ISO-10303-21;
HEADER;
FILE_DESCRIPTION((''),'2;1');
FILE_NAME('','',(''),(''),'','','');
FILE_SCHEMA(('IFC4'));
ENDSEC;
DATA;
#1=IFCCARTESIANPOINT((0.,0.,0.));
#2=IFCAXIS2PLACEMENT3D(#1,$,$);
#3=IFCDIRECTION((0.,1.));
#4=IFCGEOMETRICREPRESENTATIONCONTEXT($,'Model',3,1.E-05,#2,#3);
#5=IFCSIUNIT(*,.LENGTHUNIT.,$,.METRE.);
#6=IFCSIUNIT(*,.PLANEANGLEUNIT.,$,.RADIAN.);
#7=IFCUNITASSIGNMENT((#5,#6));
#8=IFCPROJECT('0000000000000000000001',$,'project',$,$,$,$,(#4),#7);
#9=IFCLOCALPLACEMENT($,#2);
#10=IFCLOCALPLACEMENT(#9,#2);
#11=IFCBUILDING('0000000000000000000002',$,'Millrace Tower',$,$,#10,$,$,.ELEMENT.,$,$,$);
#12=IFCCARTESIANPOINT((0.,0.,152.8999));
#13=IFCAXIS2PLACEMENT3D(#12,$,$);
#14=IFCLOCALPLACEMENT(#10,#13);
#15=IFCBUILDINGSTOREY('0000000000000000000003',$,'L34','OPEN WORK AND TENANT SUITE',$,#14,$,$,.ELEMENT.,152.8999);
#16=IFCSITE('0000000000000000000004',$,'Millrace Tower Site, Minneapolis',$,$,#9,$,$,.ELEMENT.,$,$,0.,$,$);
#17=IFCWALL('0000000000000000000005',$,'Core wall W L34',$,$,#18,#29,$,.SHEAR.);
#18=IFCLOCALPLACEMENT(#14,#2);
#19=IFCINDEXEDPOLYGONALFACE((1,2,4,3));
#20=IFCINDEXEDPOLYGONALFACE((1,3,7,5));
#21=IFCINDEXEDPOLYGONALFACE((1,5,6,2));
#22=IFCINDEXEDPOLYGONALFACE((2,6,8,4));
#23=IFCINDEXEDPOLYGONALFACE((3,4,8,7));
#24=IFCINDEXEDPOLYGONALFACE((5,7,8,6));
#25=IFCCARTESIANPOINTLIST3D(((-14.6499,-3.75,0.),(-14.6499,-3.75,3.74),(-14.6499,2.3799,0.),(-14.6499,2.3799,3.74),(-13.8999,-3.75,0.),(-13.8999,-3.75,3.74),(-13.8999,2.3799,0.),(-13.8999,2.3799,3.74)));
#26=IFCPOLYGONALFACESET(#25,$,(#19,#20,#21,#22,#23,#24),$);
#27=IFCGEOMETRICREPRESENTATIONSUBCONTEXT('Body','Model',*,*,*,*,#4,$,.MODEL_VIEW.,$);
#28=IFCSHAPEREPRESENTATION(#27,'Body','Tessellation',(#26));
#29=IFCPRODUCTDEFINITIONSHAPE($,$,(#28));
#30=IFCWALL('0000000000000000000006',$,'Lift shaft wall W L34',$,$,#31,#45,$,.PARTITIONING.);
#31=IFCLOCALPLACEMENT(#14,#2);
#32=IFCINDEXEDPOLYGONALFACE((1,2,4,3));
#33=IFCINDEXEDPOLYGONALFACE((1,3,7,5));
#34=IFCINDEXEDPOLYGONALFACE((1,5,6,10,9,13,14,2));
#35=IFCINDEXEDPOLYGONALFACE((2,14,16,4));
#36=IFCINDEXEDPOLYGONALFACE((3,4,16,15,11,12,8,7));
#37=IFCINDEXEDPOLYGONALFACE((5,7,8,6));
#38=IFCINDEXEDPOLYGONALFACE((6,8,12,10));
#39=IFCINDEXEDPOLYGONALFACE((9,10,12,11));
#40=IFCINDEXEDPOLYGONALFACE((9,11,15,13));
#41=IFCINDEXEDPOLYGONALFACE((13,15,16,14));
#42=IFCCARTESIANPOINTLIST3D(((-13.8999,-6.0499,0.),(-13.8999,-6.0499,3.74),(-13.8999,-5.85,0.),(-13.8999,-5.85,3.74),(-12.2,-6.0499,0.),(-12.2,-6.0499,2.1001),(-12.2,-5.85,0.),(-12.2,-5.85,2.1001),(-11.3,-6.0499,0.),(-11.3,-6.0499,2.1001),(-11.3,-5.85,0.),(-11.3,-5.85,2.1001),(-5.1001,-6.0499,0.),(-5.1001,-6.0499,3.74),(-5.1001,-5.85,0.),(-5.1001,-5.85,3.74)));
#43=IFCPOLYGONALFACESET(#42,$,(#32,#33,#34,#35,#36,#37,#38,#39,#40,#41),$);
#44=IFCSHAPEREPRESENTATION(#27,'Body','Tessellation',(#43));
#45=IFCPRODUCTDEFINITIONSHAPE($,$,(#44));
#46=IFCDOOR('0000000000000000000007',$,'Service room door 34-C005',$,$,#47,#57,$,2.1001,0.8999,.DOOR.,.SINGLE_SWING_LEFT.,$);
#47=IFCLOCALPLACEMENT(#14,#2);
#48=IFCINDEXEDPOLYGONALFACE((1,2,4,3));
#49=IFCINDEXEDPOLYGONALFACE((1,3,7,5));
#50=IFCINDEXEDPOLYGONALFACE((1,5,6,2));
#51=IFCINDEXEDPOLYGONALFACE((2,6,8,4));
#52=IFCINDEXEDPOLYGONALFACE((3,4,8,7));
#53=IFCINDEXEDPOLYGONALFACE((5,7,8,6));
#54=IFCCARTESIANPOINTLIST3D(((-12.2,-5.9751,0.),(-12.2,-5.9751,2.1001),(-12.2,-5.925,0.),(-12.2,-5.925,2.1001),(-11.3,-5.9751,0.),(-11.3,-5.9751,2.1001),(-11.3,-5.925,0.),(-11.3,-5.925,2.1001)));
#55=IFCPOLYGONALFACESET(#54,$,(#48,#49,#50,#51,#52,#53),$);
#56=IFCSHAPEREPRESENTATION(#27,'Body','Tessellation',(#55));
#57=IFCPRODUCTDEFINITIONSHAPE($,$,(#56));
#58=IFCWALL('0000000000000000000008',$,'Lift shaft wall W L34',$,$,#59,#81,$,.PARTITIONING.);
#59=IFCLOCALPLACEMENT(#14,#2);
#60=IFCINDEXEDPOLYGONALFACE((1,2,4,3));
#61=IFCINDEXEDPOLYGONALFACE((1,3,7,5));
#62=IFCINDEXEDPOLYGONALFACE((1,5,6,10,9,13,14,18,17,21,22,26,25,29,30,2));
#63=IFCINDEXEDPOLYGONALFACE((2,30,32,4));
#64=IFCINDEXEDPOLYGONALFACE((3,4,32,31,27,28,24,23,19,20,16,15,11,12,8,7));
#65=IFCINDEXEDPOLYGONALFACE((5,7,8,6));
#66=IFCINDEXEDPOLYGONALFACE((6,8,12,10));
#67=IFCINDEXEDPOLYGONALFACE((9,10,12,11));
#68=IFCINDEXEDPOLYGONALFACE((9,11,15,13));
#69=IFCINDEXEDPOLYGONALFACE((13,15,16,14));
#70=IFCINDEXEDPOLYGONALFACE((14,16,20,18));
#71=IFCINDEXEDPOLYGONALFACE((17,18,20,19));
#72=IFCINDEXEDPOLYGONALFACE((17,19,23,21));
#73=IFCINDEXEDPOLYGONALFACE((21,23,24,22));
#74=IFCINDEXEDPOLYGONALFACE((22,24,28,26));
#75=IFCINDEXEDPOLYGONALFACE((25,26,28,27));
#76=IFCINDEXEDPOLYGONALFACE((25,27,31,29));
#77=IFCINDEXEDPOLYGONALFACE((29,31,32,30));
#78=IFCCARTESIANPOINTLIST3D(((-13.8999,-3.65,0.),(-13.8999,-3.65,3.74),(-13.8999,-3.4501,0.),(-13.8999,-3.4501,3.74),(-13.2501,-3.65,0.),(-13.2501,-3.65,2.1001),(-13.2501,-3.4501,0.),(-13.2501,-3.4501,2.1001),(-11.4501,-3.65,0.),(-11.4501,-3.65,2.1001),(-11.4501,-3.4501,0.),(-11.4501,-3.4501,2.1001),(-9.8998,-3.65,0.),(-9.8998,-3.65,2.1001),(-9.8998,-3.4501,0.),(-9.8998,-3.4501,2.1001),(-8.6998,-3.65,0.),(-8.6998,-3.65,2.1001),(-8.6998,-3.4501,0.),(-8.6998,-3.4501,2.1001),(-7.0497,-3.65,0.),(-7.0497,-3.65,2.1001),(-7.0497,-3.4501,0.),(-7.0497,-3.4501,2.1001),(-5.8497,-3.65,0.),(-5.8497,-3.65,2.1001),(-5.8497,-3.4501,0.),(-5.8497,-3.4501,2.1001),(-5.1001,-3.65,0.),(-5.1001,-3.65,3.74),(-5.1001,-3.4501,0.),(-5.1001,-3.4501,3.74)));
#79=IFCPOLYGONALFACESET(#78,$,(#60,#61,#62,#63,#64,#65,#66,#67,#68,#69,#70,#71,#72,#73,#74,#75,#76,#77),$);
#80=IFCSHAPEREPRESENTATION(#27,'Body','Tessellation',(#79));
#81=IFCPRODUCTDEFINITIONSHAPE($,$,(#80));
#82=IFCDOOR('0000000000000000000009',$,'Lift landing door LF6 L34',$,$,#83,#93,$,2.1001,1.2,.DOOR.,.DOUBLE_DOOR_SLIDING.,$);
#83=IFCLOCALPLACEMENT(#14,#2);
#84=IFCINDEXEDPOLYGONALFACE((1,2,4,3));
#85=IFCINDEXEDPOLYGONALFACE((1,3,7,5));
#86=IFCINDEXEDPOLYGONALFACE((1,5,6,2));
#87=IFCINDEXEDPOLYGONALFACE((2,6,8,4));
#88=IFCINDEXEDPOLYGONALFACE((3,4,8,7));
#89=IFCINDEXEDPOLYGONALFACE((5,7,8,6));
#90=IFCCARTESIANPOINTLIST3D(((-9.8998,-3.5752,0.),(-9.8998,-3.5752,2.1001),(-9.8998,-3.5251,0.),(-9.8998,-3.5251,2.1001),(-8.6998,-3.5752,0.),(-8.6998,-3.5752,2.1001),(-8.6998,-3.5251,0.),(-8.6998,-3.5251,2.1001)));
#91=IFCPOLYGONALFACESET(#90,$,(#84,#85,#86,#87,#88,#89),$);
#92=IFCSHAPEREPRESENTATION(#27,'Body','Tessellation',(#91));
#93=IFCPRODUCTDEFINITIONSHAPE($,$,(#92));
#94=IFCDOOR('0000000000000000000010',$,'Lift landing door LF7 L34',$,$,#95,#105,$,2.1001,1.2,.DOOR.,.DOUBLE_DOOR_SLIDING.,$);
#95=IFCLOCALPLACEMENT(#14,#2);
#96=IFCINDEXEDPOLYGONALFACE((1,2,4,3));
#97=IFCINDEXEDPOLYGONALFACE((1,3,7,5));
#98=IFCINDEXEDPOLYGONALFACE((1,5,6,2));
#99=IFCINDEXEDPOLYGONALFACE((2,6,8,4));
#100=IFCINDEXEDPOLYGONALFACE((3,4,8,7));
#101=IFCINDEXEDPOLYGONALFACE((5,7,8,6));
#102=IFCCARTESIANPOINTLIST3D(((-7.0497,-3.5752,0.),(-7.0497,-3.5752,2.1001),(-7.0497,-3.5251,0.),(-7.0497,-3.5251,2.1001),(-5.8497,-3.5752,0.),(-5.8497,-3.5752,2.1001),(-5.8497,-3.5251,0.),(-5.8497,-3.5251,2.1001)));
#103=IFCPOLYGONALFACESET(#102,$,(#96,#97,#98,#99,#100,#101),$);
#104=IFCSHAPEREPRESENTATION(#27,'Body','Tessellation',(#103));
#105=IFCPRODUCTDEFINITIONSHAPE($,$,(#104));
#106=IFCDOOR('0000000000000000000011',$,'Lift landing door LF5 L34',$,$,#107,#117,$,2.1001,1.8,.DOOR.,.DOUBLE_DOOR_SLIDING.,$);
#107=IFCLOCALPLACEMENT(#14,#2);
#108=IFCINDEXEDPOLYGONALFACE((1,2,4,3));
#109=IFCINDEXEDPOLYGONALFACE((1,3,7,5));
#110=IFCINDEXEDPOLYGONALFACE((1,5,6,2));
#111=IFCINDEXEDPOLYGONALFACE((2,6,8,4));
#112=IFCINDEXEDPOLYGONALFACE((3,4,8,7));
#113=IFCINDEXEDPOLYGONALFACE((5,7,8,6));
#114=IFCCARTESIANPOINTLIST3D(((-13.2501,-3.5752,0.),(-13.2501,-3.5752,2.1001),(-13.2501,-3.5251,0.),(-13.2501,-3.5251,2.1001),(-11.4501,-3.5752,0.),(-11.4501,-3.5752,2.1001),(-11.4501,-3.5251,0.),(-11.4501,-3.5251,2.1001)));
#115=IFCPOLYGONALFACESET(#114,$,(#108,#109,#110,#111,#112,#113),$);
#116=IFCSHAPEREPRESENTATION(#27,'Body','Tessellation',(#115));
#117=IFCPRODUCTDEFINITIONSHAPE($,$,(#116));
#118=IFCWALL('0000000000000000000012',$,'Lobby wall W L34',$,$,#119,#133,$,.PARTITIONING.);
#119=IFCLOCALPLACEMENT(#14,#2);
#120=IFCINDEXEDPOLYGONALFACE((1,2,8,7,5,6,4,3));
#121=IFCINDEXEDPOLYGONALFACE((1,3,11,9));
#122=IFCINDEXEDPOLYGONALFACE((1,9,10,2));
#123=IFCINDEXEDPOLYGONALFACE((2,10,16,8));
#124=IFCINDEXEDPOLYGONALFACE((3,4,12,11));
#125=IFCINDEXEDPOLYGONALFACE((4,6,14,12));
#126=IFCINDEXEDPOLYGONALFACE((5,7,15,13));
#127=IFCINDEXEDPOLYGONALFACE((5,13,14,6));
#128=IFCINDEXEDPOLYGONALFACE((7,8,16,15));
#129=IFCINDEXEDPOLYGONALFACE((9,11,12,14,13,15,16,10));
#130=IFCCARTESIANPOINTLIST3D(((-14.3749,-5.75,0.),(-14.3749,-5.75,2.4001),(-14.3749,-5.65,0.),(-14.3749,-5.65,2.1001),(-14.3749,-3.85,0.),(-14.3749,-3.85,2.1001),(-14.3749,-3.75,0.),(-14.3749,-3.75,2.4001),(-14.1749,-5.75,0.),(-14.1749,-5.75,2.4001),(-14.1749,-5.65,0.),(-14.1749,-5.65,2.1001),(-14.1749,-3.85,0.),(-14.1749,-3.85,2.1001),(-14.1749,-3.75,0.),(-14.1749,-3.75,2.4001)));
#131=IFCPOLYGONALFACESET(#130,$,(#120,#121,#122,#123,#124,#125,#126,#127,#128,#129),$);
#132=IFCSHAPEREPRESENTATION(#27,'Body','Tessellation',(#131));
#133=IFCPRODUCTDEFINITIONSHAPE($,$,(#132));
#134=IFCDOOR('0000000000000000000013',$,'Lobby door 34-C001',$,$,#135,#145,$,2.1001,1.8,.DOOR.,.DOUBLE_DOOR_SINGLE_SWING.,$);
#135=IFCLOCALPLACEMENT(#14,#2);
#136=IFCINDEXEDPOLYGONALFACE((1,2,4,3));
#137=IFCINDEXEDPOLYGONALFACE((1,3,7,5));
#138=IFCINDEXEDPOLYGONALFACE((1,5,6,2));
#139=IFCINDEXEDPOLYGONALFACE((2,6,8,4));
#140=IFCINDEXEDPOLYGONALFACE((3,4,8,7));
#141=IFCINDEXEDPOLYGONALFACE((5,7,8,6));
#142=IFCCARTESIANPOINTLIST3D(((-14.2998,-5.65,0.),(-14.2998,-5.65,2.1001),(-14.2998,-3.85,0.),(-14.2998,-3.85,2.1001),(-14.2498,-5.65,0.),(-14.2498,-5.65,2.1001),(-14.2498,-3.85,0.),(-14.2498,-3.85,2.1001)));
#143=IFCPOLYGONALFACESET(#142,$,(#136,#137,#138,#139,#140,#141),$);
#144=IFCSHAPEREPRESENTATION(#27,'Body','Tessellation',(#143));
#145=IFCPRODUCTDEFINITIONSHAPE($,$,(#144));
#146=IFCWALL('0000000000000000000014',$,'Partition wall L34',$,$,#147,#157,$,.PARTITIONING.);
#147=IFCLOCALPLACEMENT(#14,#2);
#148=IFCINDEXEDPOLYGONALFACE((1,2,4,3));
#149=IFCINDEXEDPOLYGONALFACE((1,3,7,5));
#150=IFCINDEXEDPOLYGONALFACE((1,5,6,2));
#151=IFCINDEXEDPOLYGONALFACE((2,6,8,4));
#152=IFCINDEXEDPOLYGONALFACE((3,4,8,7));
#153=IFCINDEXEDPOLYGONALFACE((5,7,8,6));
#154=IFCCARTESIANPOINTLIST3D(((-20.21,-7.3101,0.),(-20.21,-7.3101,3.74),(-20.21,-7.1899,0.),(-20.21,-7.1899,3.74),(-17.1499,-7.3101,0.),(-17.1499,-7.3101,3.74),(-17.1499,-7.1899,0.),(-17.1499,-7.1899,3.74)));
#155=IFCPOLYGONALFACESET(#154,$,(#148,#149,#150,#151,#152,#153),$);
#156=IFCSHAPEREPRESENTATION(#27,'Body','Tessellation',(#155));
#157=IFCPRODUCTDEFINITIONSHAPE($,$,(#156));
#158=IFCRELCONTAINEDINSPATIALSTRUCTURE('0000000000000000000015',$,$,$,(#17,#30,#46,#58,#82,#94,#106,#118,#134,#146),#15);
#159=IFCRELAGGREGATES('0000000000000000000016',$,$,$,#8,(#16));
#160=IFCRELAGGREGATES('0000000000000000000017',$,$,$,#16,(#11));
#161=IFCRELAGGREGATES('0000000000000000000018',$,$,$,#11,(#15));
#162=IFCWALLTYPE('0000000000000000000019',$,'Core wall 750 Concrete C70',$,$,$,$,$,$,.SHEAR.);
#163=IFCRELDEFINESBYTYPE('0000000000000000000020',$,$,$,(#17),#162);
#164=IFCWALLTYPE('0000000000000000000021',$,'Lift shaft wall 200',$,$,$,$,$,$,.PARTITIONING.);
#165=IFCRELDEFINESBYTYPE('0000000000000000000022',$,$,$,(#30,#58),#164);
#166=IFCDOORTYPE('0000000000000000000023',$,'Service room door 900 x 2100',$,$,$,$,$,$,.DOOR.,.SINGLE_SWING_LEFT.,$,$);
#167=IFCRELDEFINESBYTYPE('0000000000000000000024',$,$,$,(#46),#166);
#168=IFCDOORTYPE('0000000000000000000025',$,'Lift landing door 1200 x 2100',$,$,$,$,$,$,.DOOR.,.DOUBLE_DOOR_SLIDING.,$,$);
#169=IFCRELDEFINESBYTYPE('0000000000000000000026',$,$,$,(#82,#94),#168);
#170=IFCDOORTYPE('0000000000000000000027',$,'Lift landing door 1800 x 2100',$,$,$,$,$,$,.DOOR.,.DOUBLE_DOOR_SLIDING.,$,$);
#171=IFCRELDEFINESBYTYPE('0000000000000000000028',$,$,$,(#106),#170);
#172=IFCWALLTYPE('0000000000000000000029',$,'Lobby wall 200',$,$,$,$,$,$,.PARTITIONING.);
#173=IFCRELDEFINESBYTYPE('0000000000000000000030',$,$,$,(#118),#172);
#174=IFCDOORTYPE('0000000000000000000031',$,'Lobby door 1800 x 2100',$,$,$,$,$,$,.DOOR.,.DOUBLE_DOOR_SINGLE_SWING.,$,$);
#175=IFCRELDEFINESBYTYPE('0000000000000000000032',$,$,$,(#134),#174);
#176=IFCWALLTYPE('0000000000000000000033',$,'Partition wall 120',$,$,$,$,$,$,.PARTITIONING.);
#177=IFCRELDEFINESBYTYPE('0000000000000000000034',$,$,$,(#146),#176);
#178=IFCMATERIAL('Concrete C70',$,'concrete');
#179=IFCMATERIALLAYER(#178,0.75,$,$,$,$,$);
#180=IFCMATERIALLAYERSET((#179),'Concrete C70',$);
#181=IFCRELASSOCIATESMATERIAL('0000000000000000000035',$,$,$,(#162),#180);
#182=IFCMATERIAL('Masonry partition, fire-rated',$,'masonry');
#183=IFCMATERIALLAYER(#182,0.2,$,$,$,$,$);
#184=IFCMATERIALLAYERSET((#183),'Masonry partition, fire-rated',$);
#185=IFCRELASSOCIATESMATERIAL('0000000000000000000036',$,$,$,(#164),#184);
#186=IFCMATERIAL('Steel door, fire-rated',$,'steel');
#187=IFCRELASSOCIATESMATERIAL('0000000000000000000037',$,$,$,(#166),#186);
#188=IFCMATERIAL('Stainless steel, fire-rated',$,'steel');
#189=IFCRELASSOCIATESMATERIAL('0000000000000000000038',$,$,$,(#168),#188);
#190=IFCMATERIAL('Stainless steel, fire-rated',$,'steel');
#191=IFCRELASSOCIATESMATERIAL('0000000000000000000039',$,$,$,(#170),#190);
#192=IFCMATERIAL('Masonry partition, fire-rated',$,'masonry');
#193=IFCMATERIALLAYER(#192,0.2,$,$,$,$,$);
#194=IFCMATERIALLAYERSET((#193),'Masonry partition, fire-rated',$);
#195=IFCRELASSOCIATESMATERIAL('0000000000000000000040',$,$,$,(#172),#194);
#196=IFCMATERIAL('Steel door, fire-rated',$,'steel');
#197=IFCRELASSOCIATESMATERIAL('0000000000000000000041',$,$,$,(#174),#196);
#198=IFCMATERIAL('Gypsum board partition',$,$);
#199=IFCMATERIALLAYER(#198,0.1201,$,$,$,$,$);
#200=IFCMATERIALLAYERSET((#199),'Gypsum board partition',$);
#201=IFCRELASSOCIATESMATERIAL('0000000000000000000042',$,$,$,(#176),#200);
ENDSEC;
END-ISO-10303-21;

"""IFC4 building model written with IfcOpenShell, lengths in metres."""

from ifc_helpers import new_model, si_unit, direction, frame, frame_2d, origin, place, context, subcontext, project, spatial, rectangle, extrude, material, layer, layer_set, type_object, element, fill, save


model = new_model("IFC4")

# Units and contexts
model_context = context("Model", 3, precision=1e-05, world=origin(), true_north=direction((0.0, 1.0)))
body_context = subcontext(model_context, "Body", "Model", "MODEL_VIEW")
ifc_project = project(units=[si_unit("LENGTHUNIT", "METRE"), si_unit("PLANEANGLEUNIT", "RADIAN")], contexts=[model_context])

# Site, building, storey
site_placement = place(None, origin())
site = spatial("IfcSite", under=ifc_project, at=site_placement, Name="Millrace Tower Site, Minneapolis", CompositionType="ELEMENT", RefElevation=0.0)
building_placement = place(site_placement, origin())
building = spatial("IfcBuilding", under=site, at=building_placement, Name="Millrace Tower", CompositionType="ELEMENT")
storey_placement = place(building_placement, frame((0.0, 0.0, 152.8999)))
storey = spatial("IfcBuildingStorey", under=building, at=storey_placement, Name="L34", Description="OPEN WORK AND TENANT SUITE", CompositionType="ELEMENT", Elevation=152.8999)

# Wall
ifc_material_1 = material(Name="Concrete C70", Category="concrete")
ifc_layer_1 = layer(ifc_material_1, 0.75)
ifc_layer_set_1 = layer_set([ifc_layer_1], Name="Concrete C70")
wall_type_1 = type_object("IfcWallType", Name="Core wall 750 Concrete C70", PredefinedType="SHEAR", material=ifc_layer_set_1)
wall_1_placement = place(storey_placement, frame((-14.2749, -3.75, 0.0), z_axis=(0.0, 0.0, 1.0), x_axis=(0.0, 1.0, 0.0)))
element("IfcWall", 1, at=wall_1_placement, inside=storey, type_object=wall_type_1, Name="Core wall W L34", PredefinedType="SHEAR", context=body_context, shape_type="SweptSolid", body=[
    extrude(rectangle(XDim=6.1299, YDim=0.75, at=frame_2d((3.0649, 0.0))), origin(), (0.0, 0.0, 1.0), 3.74),
])

# Wall, opening, door
ifc_material_2 = material(Name="Masonry partition, fire-rated", Category="masonry")
ifc_layer_2 = layer(ifc_material_2, 0.2)
ifc_layer_set_2 = layer_set([ifc_layer_2], Name="Masonry partition, fire-rated")
wall_type_2 = type_object("IfcWallType", Name="Lift shaft wall 200", PredefinedType="PARTITIONING", material=ifc_layer_set_2)
wall_2_placement = place(storey_placement, frame((-13.8999, -5.95, 0.0), z_axis=(0.0, 0.0, 1.0), x_axis=(1.0, 0.0, 0.0)))
wall_2 = element("IfcWall", 2, at=wall_2_placement, inside=storey, type_object=wall_type_2, Name="Lift shaft wall W L34", PredefinedType="PARTITIONING", context=body_context, shape_type="SweptSolid", body=[
    extrude(rectangle(XDim=8.7998, YDim=0.2, at=frame_2d((4.3999, 0.0))), origin(), (0.0, 0.0, 1.0), 3.74),
])
opening_1_placement = place(wall_2_placement, frame((1.7, 0.0, 0.0)))
opening_1 = element("IfcOpeningElement", 3, at=opening_1_placement, cuts=wall_2, PredefinedType="OPENING", context=body_context, shape_type="SweptSolid", body=[
    extrude(rectangle(XDim=0.8999, YDim=2.1001, at=frame_2d((0.45, 1.05))), frame((0.0, 0.1099, 0.0), z_axis=(0.0, -1.0, 0.0), x_axis=(1.0, 0.0, 0.0)), (0.0, 0.0, 1.0), 0.22),
])
ifc_material_3 = material(Name="Steel door, fire-rated", Category="steel")
door_type_1 = type_object("IfcDoorType", Name="Service room door 900 x 2100", OperationType="SINGLE_SWING_LEFT", PredefinedType="DOOR", material=ifc_material_3)
door_1_placement = place(opening_1_placement, origin())
door_1 = element("IfcDoor", 4, at=door_1_placement, inside=storey, type_object=door_type_1, Name="Service room door 34-C005", OperationType="SINGLE_SWING_LEFT", OverallHeight=2.1001, OverallWidth=0.8999, PredefinedType="DOOR", context=body_context, shape_type="SweptSolid", body=[
    extrude(rectangle(XDim=0.8999, YDim=2.1001, at=frame_2d((0.45, 1.05))), frame((0.0, 0.0249, 0.0), z_axis=(0.0, -1.0, 0.0), x_axis=(1.0, 0.0, 0.0)), (0.0, 0.0, 1.0), 0.05),
])
fill(opening_1, door_1)

# Wall, openings, doors
wall_3_placement = place(storey_placement, frame((-13.8999, -3.55, 0.0), z_axis=(0.0, 0.0, 1.0), x_axis=(1.0, 0.0, 0.0)))
wall_3 = element("IfcWall", 5, at=wall_3_placement, inside=storey, type_object=wall_type_2, Name="Lift shaft wall W L34", PredefinedType="PARTITIONING", context=body_context, shape_type="SweptSolid", body=[
    extrude(rectangle(XDim=8.7998, YDim=0.2, at=frame_2d((4.3999, 0.0))), origin(), (0.0, 0.0, 1.0), 3.74),
])
opening_2_placement = place(wall_3_placement, frame((0.6499, 0.0, 0.0)))
opening_2 = element("IfcOpeningElement", 6, at=opening_2_placement, cuts=wall_3, PredefinedType="OPENING", context=body_context, shape_type="SweptSolid", body=[
    extrude(rectangle(XDim=1.8, YDim=2.1001, at=frame_2d((0.8999, 1.05))), frame((0.0, 0.1099, 0.0), z_axis=(0.0, -1.0, 0.0), x_axis=(1.0, 0.0, 0.0)), (0.0, 0.0, 1.0), 0.22),
])
opening_3_placement = place(wall_3_placement, frame((4.0, 0.0, 0.0)))
opening_3 = element("IfcOpeningElement", 7, at=opening_3_placement, cuts=wall_3, PredefinedType="OPENING", context=body_context, shape_type="SweptSolid", body=[
    extrude(rectangle(XDim=1.2, YDim=2.1001, at=frame_2d((0.6001, 1.05))), frame((0.0, 0.1099, 0.0), z_axis=(0.0, -1.0, 0.0), x_axis=(1.0, 0.0, 0.0)), (0.0, 0.0, 1.0), 0.22),
])
opening_4_placement = place(wall_3_placement, frame((6.8501, 0.0, 0.0)))
opening_4 = element("IfcOpeningElement", 8, at=opening_4_placement, cuts=wall_3, PredefinedType="OPENING", context=body_context, shape_type="SweptSolid", body=[
    extrude(rectangle(XDim=1.2, YDim=2.1001, at=frame_2d((0.6001, 1.05))), frame((0.0, 0.1099, 0.0), z_axis=(0.0, -1.0, 0.0), x_axis=(1.0, 0.0, 0.0)), (0.0, 0.0, 1.0), 0.22),
])
ifc_material_4 = material(Name="Stainless steel, fire-rated", Category="steel")
door_type_2 = type_object("IfcDoorType", Name="Lift landing door 1200 x 2100", OperationType="DOUBLE_DOOR_SLIDING", PredefinedType="DOOR", material=ifc_material_4)
door_2_placement = place(opening_3_placement, origin())
door_2 = element("IfcDoor", 9, at=door_2_placement, inside=storey, type_object=door_type_2, Name="Lift landing door LF6 L34", OperationType="DOUBLE_DOOR_SLIDING", OverallHeight=2.1001, OverallWidth=1.2, PredefinedType="DOOR", context=body_context, shape_type="SweptSolid", body=[
    extrude(rectangle(XDim=1.2, YDim=2.1001, at=frame_2d((0.6001, 1.05))), frame((0.0, 0.0249, 0.0), z_axis=(0.0, -1.0, 0.0), x_axis=(1.0, 0.0, 0.0)), (0.0, 0.0, 1.0), 0.05),
])
fill(opening_3, door_2)
door_3_placement = place(opening_4_placement, origin())
door_3 = element("IfcDoor", 10, at=door_3_placement, inside=storey, type_object=door_type_2, Name="Lift landing door LF7 L34", OperationType="DOUBLE_DOOR_SLIDING", OverallHeight=2.1001, OverallWidth=1.2, PredefinedType="DOOR", context=body_context, shape_type="SweptSolid", body=[
    extrude(rectangle(XDim=1.2, YDim=2.1001, at=frame_2d((0.6001, 1.05))), frame((0.0, 0.0249, 0.0), z_axis=(0.0, -1.0, 0.0), x_axis=(1.0, 0.0, 0.0)), (0.0, 0.0, 1.0), 0.05),
])
fill(opening_4, door_3)
ifc_material_5 = material(Name="Stainless steel, fire-rated", Category="steel")
door_type_3 = type_object("IfcDoorType", Name="Lift landing door 1800 x 2100", OperationType="DOUBLE_DOOR_SLIDING", PredefinedType="DOOR", material=ifc_material_5)
door_4_placement = place(opening_2_placement, origin())
door_4 = element("IfcDoor", 11, at=door_4_placement, inside=storey, type_object=door_type_3, Name="Lift landing door LF5 L34", OperationType="DOUBLE_DOOR_SLIDING", OverallHeight=2.1001, OverallWidth=1.8, PredefinedType="DOOR", context=body_context, shape_type="SweptSolid", body=[
    extrude(rectangle(XDim=1.8, YDim=2.1001, at=frame_2d((0.8999, 1.05))), frame((0.0, 0.0249, 0.0), z_axis=(0.0, -1.0, 0.0), x_axis=(1.0, 0.0, 0.0)), (0.0, 0.0, 1.0), 0.05),
])
fill(opening_2, door_4)

# Wall, opening, door
ifc_material_6 = material(Name="Masonry partition, fire-rated", Category="masonry")
ifc_layer_3 = layer(ifc_material_6, 0.2)
ifc_layer_set_3 = layer_set([ifc_layer_3], Name="Masonry partition, fire-rated")
wall_type_3 = type_object("IfcWallType", Name="Lobby wall 200", PredefinedType="PARTITIONING", material=ifc_layer_set_3)
wall_4_placement = place(storey_placement, frame((-14.2749, -5.75, 0.0), z_axis=(0.0, 0.0, 1.0), x_axis=(0.0, 1.0, 0.0)))
wall_4 = element("IfcWall", 12, at=wall_4_placement, inside=storey, type_object=wall_type_3, Name="Lobby wall W L34", PredefinedType="PARTITIONING", context=body_context, shape_type="SweptSolid", body=[
    extrude(rectangle(XDim=2.0, YDim=0.2, at=frame_2d((1.0, 0.0))), origin(), (0.0, 0.0, 1.0), 2.4001),
])
opening_5_placement = place(wall_4_placement, frame((0.1001, 0.0, 0.0)))
opening_5 = element("IfcOpeningElement", 13, at=opening_5_placement, cuts=wall_4, PredefinedType="OPENING", context=body_context, shape_type="SweptSolid", body=[
    extrude(rectangle(XDim=1.8, YDim=2.1001, at=frame_2d((0.8999, 1.05))), frame((0.0, 0.1099, 0.0), z_axis=(0.0, -1.0, 0.0), x_axis=(1.0, 0.0, 0.0)), (0.0, 0.0, 1.0), 0.22),
])
ifc_material_7 = material(Name="Steel door, fire-rated", Category="steel")
door_type_4 = type_object("IfcDoorType", Name="Lobby door 1800 x 2100", OperationType="DOUBLE_DOOR_SINGLE_SWING", PredefinedType="DOOR", material=ifc_material_7)
door_5_placement = place(opening_5_placement, origin())
door_5 = element("IfcDoor", 14, at=door_5_placement, inside=storey, type_object=door_type_4, Name="Lobby door 34-C001", OperationType="DOUBLE_DOOR_SINGLE_SWING", OverallHeight=2.1001, OverallWidth=1.8, PredefinedType="DOOR", context=body_context, shape_type="SweptSolid", body=[
    extrude(rectangle(XDim=1.8, YDim=2.1001, at=frame_2d((0.8999, 1.05))), frame((0.0, 0.0249, 0.0), z_axis=(0.0, -1.0, 0.0), x_axis=(1.0, 0.0, 0.0)), (0.0, 0.0, 1.0), 0.05),
])
fill(opening_5, door_5)

# Wall
ifc_material_8 = material(Name="Gypsum board partition")
ifc_layer_4 = layer(ifc_material_8, 0.1201)
ifc_layer_set_4 = layer_set([ifc_layer_4], Name="Gypsum board partition")
wall_type_4 = type_object("IfcWallType", Name="Partition wall 120", PredefinedType="PARTITIONING", material=ifc_layer_set_4)
wall_5_placement = place(storey_placement, frame((-20.21, -7.25, 0.0), z_axis=(0.0, 0.0, 1.0), x_axis=(1.0, 0.0, 0.0)))
element("IfcWall", 15, at=wall_5_placement, inside=storey, type_object=wall_type_4, Name="Partition wall L34", PredefinedType="PARTITIONING", context=body_context, shape_type="SweptSolid", body=[
    extrude(rectangle(XDim=3.0601, YDim=0.1201, at=frame_2d((1.53, 0.0))), origin(), (0.0, 0.0, 1.0), 3.74),
])

save(model, "model.ifc")
